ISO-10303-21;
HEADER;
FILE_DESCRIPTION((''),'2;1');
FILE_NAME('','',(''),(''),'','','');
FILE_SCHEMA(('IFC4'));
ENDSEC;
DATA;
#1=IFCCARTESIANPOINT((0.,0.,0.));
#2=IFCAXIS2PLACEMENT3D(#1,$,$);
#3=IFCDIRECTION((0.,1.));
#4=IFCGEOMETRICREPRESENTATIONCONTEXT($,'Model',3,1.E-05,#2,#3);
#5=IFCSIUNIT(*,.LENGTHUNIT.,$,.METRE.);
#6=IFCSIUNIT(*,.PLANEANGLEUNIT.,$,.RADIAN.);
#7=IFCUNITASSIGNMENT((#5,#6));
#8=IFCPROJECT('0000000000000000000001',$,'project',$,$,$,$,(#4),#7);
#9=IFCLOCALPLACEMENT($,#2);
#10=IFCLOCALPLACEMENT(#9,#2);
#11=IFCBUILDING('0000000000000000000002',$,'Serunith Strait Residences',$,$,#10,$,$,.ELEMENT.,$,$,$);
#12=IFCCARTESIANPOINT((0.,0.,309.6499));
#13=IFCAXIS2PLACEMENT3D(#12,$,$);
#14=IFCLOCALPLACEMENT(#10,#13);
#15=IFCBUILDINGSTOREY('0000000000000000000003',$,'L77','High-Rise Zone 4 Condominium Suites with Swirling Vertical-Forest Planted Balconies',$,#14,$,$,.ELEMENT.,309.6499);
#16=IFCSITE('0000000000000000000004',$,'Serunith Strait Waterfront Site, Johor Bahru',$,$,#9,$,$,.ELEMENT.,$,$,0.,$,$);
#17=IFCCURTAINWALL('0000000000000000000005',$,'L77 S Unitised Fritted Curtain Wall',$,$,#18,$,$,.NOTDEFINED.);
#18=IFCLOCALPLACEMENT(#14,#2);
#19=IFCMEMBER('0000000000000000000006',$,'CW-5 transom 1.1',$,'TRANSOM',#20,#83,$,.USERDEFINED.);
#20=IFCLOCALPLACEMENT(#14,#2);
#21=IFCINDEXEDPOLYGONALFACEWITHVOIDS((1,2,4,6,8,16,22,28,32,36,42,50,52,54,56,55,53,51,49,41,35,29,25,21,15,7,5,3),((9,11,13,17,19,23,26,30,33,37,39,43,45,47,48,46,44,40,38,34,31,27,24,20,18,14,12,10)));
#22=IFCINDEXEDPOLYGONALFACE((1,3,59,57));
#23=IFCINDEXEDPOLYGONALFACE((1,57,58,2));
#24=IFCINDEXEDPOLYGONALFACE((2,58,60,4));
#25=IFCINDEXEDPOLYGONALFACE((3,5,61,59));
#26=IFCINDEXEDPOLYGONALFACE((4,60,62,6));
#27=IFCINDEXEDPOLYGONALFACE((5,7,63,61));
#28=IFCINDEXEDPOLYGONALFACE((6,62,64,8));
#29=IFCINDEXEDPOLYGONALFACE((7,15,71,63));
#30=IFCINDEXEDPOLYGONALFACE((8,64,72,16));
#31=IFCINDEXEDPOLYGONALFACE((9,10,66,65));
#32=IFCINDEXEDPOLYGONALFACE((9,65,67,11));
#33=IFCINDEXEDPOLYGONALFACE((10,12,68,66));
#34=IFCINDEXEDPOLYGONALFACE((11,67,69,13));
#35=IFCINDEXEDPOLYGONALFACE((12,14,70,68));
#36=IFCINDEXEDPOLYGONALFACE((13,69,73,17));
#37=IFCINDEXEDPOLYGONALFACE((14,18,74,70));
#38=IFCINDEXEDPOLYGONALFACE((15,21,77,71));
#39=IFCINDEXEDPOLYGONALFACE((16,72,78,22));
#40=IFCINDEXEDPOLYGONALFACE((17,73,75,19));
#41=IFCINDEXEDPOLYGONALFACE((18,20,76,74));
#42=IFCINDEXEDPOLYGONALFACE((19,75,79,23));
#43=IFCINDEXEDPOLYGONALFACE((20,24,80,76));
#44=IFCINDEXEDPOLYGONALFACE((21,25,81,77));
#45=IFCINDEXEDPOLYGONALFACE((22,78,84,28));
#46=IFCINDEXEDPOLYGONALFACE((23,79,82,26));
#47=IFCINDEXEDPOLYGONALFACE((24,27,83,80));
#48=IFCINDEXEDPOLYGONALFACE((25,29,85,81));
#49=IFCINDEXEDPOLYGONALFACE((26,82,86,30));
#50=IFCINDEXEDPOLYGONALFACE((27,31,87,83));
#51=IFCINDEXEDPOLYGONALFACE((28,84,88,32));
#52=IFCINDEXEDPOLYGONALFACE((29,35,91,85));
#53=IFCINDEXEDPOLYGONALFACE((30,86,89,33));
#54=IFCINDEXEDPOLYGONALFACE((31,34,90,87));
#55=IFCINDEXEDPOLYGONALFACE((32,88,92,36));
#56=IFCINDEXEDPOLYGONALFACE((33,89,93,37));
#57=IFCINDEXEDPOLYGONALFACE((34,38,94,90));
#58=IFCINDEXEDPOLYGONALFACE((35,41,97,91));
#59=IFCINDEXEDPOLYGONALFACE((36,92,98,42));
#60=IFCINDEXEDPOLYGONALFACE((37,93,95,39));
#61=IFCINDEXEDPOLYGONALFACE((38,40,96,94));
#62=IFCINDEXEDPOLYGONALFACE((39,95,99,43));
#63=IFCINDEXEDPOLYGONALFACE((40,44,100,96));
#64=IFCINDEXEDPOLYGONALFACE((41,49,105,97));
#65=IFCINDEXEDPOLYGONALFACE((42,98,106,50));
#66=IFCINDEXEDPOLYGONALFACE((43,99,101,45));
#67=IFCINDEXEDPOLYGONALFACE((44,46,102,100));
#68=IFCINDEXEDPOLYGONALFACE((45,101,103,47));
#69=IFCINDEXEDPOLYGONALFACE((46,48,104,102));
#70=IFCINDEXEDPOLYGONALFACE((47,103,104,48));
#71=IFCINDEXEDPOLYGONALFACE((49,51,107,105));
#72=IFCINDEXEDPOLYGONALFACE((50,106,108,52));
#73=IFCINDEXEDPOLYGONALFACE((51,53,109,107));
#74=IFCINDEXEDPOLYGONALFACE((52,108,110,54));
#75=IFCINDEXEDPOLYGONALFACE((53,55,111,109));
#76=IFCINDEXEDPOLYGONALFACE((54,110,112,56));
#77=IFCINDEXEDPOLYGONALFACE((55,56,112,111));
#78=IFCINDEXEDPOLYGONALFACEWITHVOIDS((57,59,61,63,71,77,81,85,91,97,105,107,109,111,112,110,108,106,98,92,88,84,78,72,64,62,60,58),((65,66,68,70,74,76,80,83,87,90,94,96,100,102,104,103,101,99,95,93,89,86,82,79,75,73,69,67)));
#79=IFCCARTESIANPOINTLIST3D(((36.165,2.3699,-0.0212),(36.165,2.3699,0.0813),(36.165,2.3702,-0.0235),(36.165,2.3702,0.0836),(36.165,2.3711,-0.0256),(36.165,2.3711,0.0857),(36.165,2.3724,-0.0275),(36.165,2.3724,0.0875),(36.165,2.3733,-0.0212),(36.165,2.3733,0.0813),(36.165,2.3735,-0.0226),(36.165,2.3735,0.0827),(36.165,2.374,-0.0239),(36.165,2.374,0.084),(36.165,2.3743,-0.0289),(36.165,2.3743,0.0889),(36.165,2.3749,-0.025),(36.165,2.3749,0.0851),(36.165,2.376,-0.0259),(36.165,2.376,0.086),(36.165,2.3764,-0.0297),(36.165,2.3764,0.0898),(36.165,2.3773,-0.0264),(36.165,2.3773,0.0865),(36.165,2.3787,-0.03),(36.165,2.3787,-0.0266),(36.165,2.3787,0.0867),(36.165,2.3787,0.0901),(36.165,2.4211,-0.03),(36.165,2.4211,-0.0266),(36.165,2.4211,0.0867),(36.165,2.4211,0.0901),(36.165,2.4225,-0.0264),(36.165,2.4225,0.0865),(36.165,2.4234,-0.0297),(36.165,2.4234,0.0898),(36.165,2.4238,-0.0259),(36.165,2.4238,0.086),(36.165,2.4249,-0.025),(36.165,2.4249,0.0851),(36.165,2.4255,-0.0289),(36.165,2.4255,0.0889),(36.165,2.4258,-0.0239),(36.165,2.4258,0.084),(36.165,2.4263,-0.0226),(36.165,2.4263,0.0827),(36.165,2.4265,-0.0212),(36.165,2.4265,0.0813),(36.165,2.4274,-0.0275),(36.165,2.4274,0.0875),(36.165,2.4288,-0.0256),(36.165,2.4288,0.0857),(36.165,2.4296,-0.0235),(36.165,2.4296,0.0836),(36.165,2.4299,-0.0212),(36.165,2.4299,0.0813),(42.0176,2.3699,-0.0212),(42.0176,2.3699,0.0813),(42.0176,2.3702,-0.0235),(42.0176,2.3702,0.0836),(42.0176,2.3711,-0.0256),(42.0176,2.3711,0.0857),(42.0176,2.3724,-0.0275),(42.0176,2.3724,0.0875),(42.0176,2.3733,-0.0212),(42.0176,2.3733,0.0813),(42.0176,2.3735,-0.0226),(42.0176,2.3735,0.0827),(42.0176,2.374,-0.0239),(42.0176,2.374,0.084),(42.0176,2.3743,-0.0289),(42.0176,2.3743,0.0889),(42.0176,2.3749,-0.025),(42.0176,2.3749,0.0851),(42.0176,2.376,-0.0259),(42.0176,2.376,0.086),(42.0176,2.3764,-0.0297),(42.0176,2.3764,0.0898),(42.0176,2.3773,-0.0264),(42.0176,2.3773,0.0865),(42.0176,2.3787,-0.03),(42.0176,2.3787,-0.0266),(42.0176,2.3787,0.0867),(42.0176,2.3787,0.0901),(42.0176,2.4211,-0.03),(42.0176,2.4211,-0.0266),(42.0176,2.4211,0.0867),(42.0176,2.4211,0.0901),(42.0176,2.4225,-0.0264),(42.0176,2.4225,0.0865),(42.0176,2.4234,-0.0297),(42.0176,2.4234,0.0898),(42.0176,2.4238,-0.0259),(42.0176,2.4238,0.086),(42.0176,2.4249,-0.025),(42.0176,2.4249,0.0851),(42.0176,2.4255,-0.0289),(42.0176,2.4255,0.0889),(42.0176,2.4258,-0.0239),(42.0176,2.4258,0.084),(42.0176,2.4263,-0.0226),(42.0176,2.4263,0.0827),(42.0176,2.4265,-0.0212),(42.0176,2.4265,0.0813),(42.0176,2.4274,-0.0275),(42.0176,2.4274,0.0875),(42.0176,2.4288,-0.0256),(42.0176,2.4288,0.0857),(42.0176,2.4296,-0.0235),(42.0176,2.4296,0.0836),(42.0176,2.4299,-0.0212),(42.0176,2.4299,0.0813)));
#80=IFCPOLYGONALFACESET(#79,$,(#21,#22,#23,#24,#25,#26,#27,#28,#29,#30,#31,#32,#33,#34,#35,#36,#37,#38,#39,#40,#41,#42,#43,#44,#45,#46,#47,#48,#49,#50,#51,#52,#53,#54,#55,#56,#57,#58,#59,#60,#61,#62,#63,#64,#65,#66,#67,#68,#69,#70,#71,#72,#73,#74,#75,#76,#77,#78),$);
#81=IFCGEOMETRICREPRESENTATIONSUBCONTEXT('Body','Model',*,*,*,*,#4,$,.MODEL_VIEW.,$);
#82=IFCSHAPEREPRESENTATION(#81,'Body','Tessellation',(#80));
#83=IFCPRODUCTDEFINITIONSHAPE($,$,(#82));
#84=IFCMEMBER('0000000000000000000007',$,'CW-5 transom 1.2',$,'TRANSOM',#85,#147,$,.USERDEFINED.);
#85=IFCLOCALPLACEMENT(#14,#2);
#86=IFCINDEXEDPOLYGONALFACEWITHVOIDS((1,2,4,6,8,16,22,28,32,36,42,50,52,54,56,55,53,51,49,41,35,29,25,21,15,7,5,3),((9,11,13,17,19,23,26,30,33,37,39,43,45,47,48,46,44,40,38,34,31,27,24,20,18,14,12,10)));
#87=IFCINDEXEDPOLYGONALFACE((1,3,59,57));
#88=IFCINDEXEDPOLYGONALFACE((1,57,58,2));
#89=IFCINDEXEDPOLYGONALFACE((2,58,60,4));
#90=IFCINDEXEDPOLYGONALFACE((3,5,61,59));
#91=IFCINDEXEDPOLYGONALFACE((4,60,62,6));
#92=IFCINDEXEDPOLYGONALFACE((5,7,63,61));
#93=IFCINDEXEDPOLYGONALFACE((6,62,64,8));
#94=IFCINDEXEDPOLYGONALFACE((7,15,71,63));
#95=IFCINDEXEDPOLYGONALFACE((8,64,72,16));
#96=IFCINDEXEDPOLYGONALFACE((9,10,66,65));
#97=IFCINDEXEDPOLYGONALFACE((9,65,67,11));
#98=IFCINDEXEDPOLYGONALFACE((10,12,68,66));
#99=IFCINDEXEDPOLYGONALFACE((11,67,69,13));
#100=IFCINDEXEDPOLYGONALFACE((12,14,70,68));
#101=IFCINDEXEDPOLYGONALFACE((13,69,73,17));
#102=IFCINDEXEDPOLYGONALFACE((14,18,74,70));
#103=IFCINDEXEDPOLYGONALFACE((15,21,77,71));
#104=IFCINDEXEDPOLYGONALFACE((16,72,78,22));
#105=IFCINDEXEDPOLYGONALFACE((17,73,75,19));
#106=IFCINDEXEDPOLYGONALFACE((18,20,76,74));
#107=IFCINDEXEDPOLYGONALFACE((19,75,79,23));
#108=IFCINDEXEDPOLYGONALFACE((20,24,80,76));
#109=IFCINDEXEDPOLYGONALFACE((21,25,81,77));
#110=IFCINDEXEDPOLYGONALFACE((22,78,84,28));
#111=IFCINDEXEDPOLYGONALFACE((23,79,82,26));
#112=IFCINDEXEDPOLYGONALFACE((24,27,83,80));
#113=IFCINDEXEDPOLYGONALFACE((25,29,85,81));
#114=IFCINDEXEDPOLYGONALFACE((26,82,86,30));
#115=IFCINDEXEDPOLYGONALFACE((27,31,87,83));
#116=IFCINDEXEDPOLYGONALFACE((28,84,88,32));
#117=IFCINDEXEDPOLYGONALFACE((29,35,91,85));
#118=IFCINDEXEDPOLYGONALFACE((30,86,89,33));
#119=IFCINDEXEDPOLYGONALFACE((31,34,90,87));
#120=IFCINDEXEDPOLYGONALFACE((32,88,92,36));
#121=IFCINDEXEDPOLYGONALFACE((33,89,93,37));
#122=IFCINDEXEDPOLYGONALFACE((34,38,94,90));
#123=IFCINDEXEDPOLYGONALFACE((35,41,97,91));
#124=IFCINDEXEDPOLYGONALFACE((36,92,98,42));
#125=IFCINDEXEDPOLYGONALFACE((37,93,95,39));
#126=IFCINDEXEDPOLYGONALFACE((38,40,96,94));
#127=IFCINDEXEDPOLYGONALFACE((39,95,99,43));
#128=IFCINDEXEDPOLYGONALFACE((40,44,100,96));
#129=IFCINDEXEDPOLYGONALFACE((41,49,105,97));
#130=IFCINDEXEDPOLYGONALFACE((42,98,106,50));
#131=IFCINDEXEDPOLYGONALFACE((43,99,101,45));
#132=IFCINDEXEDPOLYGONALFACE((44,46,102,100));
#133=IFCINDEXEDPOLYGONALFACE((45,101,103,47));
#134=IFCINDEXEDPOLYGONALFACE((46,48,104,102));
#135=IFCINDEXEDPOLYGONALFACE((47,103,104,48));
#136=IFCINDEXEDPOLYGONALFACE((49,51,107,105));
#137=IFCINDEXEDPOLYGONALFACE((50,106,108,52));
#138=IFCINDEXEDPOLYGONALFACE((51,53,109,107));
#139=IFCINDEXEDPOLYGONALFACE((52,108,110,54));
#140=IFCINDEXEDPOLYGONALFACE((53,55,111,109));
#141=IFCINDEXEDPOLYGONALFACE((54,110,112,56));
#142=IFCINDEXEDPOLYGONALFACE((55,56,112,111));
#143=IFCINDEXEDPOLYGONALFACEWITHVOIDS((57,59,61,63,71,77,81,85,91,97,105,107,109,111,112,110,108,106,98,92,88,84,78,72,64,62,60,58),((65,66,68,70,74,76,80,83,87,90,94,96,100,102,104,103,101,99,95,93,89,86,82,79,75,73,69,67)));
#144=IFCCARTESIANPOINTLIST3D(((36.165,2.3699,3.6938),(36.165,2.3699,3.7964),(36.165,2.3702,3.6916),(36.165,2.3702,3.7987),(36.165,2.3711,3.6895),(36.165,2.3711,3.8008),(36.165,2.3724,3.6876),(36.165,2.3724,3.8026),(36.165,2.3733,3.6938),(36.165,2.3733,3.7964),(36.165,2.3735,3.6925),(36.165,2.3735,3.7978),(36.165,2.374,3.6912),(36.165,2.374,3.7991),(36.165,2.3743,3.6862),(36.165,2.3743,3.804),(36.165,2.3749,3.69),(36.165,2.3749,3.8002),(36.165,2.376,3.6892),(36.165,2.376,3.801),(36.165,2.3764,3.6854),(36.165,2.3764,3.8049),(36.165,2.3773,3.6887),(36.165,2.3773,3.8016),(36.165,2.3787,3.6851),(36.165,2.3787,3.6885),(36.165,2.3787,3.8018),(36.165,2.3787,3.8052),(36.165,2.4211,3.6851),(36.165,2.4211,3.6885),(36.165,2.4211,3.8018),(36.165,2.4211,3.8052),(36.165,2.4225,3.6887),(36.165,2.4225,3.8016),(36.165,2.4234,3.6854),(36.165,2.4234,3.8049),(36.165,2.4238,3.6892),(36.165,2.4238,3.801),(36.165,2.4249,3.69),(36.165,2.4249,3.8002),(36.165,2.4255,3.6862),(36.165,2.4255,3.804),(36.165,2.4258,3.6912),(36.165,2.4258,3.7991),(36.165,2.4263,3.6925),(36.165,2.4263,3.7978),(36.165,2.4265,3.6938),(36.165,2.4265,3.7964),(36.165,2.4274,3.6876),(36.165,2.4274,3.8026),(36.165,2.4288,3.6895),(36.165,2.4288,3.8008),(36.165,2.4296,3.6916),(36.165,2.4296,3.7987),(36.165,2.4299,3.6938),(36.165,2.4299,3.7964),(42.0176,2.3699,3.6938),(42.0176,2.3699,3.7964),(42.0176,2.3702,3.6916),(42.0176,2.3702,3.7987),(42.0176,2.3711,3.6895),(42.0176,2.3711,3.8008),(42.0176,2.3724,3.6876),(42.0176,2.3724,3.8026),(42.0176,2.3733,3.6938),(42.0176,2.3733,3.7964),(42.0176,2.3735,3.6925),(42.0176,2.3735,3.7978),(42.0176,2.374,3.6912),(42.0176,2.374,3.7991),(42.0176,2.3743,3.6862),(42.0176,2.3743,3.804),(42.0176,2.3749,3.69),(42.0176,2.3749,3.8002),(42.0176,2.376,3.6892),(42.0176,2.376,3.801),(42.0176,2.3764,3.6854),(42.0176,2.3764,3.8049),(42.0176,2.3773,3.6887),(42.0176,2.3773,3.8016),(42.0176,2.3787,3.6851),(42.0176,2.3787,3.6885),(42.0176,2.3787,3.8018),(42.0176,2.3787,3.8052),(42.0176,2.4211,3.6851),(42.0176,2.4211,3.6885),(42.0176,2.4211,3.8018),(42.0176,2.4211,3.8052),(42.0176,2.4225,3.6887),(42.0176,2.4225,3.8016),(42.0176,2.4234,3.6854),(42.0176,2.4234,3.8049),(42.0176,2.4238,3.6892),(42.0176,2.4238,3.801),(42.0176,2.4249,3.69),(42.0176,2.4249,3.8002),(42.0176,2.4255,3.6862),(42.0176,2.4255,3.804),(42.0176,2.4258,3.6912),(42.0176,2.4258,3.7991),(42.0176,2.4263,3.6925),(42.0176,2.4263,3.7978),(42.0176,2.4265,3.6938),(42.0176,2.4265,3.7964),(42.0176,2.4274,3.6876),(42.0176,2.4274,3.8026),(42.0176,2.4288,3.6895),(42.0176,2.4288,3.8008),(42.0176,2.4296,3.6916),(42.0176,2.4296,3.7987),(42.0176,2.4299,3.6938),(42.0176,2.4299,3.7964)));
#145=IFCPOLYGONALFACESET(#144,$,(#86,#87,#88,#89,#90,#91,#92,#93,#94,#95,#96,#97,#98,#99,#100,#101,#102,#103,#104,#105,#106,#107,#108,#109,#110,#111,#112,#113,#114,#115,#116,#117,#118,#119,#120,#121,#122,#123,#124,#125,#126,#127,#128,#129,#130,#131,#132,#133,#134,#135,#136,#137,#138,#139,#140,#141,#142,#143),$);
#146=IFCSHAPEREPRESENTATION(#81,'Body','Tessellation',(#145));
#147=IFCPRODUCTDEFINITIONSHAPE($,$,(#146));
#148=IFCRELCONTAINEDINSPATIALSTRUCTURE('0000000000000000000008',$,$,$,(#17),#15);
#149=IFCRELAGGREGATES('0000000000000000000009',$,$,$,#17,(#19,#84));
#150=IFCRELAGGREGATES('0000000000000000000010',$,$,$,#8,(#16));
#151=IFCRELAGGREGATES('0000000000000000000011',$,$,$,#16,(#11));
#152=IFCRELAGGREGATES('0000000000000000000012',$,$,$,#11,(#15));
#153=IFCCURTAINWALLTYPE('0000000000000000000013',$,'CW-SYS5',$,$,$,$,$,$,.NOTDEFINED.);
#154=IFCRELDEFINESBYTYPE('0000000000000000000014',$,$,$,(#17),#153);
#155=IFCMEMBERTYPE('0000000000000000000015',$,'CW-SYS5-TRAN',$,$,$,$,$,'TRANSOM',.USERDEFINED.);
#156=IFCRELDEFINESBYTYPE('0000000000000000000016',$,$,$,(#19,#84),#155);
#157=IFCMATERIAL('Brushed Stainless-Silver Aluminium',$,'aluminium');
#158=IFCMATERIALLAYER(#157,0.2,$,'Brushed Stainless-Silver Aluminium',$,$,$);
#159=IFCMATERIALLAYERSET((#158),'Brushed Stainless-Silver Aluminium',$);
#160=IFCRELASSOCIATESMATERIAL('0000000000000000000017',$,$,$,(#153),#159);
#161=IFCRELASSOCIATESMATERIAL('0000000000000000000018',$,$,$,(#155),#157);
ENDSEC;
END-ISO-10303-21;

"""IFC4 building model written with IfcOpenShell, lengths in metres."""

from ifc_helpers import new_model, si_unit, direction, frame, origin, origin_2d, place, context, subcontext, project, spatial, hollow_rectangle, extrude, source, transform, mapped, material, layer, layer_set, material_profile, profile_set, type_object, element, aggregate, save


model = new_model("IFC4")

# Units and contexts
model_context = context("Model", 3, precision=1e-05, world=origin(), true_north=direction((0.0, 1.0)))
body_context = subcontext(model_context, "Body", "Model", "MODEL_VIEW")
ifc_project = project(units=[si_unit("LENGTHUNIT", "METRE"), si_unit("PLANEANGLEUNIT", "RADIAN")], contexts=[model_context])

# Site, building, storey
site_placement = place(None, origin())
site = spatial("IfcSite", under=ifc_project, at=site_placement, Name="Serunith Strait Waterfront Site, Johor Bahru", CompositionType="ELEMENT", RefElevation=0.0)
building_placement = place(site_placement, origin())
building = spatial("IfcBuilding", under=site, at=building_placement, Name="Serunith Strait Residences", CompositionType="ELEMENT")
storey_placement = place(building_placement, frame((0.0, 0.0, 309.6499)))
storey = spatial("IfcBuildingStorey", under=building, at=storey_placement, Name="L77", Description="High-Rise Zone 4 Condominium Suites with Swirling Vertical-Forest Planted Balconies", CompositionType="ELEMENT", Elevation=309.6499)

# Shared definitions
ifc_material_1 = material(Name="Brushed Stainless-Silver Aluminium", Category="aluminium")
ifc_layer_1 = layer(ifc_material_1, 0.2, Name="Brushed Stainless-Silver Aluminium")
ifc_layer_set_1 = layer_set([ifc_layer_1], Name="Brushed Stainless-Silver Aluminium")
curtain_wall_type = type_object("IfcCurtainWallType", Name="CW-SYS5", PredefinedType="NOTDEFINED", material=ifc_layer_set_1)

# Curtain wall, members
curtain_wall_1_placement = place(storey_placement, origin())
curtain_wall_1 = element("IfcCurtainWall", 1, at=curtain_wall_1_placement, inside=storey, type_object=curtain_wall_type, Name="L77 S Unitised Fritted Curtain Wall", PredefinedType="NOTDEFINED")
ifc_material_profile_1 = material_profile(ifc_material_1, hollow_rectangle(XDim=0.0601, YDim=0.1201, WallThickness=0.0034, InnerFilletRadius=0.0054, OuterFilletRadius=0.0088, at=origin_2d()), Name="ALU 120x60x3.5")
ifc_profile_set_1 = profile_set([ifc_material_profile_1], Name="Brushed Stainless-Silver Aluminium")
member_type_1 = type_object("IfcMemberType", Name="CW-SYS5-TRAN", ElementType="TRANSOM", PredefinedType="USERDEFINED", material=ifc_profile_set_1)
shared_shape_1 = source(origin(), body_context, "Body", "SweptSolid", [
    extrude(hollow_rectangle(XDim=0.0601, YDim=0.1201, WallThickness=0.0034, InnerFilletRadius=0.0054, OuterFilletRadius=0.0088, at=origin_2d()), origin(), (0.0, 0.0, 1.0), 5.8525),
])
member_1_placement = place(storey_placement, frame((36.165, 2.3999, 0.03), z_axis=(1.0, 0.0, 0.0), x_axis=(0.0, 1.0, 0.0)))
member_1 = element("IfcMember", 2, at=member_1_placement, type_object=member_type_1, Name="CW-5 transom 1.1", ObjectType="TRANSOM", PredefinedType="USERDEFINED", context=body_context, shape_type="MappedRepresentation", body=[
    mapped(shared_shape_1, transform((0.0, 0.0, 0.0), scale=1.0)),
])
member_2_placement = place(storey_placement, frame((36.165, 2.3999, 3.7451), z_axis=(1.0, 0.0, 0.0), x_axis=(0.0, 1.0, 0.0)))
member_2 = element("IfcMember", 3, at=member_2_placement, type_object=member_type_1, Name="CW-5 transom 1.2", ObjectType="TRANSOM", PredefinedType="USERDEFINED", context=body_context, shape_type="MappedRepresentation", body=[
    mapped(shared_shape_1, transform((0.0, 0.0, 0.0), scale=1.0)),
])
aggregate(curtain_wall_1, [member_1, member_2])

save(model, "model.ifc")
